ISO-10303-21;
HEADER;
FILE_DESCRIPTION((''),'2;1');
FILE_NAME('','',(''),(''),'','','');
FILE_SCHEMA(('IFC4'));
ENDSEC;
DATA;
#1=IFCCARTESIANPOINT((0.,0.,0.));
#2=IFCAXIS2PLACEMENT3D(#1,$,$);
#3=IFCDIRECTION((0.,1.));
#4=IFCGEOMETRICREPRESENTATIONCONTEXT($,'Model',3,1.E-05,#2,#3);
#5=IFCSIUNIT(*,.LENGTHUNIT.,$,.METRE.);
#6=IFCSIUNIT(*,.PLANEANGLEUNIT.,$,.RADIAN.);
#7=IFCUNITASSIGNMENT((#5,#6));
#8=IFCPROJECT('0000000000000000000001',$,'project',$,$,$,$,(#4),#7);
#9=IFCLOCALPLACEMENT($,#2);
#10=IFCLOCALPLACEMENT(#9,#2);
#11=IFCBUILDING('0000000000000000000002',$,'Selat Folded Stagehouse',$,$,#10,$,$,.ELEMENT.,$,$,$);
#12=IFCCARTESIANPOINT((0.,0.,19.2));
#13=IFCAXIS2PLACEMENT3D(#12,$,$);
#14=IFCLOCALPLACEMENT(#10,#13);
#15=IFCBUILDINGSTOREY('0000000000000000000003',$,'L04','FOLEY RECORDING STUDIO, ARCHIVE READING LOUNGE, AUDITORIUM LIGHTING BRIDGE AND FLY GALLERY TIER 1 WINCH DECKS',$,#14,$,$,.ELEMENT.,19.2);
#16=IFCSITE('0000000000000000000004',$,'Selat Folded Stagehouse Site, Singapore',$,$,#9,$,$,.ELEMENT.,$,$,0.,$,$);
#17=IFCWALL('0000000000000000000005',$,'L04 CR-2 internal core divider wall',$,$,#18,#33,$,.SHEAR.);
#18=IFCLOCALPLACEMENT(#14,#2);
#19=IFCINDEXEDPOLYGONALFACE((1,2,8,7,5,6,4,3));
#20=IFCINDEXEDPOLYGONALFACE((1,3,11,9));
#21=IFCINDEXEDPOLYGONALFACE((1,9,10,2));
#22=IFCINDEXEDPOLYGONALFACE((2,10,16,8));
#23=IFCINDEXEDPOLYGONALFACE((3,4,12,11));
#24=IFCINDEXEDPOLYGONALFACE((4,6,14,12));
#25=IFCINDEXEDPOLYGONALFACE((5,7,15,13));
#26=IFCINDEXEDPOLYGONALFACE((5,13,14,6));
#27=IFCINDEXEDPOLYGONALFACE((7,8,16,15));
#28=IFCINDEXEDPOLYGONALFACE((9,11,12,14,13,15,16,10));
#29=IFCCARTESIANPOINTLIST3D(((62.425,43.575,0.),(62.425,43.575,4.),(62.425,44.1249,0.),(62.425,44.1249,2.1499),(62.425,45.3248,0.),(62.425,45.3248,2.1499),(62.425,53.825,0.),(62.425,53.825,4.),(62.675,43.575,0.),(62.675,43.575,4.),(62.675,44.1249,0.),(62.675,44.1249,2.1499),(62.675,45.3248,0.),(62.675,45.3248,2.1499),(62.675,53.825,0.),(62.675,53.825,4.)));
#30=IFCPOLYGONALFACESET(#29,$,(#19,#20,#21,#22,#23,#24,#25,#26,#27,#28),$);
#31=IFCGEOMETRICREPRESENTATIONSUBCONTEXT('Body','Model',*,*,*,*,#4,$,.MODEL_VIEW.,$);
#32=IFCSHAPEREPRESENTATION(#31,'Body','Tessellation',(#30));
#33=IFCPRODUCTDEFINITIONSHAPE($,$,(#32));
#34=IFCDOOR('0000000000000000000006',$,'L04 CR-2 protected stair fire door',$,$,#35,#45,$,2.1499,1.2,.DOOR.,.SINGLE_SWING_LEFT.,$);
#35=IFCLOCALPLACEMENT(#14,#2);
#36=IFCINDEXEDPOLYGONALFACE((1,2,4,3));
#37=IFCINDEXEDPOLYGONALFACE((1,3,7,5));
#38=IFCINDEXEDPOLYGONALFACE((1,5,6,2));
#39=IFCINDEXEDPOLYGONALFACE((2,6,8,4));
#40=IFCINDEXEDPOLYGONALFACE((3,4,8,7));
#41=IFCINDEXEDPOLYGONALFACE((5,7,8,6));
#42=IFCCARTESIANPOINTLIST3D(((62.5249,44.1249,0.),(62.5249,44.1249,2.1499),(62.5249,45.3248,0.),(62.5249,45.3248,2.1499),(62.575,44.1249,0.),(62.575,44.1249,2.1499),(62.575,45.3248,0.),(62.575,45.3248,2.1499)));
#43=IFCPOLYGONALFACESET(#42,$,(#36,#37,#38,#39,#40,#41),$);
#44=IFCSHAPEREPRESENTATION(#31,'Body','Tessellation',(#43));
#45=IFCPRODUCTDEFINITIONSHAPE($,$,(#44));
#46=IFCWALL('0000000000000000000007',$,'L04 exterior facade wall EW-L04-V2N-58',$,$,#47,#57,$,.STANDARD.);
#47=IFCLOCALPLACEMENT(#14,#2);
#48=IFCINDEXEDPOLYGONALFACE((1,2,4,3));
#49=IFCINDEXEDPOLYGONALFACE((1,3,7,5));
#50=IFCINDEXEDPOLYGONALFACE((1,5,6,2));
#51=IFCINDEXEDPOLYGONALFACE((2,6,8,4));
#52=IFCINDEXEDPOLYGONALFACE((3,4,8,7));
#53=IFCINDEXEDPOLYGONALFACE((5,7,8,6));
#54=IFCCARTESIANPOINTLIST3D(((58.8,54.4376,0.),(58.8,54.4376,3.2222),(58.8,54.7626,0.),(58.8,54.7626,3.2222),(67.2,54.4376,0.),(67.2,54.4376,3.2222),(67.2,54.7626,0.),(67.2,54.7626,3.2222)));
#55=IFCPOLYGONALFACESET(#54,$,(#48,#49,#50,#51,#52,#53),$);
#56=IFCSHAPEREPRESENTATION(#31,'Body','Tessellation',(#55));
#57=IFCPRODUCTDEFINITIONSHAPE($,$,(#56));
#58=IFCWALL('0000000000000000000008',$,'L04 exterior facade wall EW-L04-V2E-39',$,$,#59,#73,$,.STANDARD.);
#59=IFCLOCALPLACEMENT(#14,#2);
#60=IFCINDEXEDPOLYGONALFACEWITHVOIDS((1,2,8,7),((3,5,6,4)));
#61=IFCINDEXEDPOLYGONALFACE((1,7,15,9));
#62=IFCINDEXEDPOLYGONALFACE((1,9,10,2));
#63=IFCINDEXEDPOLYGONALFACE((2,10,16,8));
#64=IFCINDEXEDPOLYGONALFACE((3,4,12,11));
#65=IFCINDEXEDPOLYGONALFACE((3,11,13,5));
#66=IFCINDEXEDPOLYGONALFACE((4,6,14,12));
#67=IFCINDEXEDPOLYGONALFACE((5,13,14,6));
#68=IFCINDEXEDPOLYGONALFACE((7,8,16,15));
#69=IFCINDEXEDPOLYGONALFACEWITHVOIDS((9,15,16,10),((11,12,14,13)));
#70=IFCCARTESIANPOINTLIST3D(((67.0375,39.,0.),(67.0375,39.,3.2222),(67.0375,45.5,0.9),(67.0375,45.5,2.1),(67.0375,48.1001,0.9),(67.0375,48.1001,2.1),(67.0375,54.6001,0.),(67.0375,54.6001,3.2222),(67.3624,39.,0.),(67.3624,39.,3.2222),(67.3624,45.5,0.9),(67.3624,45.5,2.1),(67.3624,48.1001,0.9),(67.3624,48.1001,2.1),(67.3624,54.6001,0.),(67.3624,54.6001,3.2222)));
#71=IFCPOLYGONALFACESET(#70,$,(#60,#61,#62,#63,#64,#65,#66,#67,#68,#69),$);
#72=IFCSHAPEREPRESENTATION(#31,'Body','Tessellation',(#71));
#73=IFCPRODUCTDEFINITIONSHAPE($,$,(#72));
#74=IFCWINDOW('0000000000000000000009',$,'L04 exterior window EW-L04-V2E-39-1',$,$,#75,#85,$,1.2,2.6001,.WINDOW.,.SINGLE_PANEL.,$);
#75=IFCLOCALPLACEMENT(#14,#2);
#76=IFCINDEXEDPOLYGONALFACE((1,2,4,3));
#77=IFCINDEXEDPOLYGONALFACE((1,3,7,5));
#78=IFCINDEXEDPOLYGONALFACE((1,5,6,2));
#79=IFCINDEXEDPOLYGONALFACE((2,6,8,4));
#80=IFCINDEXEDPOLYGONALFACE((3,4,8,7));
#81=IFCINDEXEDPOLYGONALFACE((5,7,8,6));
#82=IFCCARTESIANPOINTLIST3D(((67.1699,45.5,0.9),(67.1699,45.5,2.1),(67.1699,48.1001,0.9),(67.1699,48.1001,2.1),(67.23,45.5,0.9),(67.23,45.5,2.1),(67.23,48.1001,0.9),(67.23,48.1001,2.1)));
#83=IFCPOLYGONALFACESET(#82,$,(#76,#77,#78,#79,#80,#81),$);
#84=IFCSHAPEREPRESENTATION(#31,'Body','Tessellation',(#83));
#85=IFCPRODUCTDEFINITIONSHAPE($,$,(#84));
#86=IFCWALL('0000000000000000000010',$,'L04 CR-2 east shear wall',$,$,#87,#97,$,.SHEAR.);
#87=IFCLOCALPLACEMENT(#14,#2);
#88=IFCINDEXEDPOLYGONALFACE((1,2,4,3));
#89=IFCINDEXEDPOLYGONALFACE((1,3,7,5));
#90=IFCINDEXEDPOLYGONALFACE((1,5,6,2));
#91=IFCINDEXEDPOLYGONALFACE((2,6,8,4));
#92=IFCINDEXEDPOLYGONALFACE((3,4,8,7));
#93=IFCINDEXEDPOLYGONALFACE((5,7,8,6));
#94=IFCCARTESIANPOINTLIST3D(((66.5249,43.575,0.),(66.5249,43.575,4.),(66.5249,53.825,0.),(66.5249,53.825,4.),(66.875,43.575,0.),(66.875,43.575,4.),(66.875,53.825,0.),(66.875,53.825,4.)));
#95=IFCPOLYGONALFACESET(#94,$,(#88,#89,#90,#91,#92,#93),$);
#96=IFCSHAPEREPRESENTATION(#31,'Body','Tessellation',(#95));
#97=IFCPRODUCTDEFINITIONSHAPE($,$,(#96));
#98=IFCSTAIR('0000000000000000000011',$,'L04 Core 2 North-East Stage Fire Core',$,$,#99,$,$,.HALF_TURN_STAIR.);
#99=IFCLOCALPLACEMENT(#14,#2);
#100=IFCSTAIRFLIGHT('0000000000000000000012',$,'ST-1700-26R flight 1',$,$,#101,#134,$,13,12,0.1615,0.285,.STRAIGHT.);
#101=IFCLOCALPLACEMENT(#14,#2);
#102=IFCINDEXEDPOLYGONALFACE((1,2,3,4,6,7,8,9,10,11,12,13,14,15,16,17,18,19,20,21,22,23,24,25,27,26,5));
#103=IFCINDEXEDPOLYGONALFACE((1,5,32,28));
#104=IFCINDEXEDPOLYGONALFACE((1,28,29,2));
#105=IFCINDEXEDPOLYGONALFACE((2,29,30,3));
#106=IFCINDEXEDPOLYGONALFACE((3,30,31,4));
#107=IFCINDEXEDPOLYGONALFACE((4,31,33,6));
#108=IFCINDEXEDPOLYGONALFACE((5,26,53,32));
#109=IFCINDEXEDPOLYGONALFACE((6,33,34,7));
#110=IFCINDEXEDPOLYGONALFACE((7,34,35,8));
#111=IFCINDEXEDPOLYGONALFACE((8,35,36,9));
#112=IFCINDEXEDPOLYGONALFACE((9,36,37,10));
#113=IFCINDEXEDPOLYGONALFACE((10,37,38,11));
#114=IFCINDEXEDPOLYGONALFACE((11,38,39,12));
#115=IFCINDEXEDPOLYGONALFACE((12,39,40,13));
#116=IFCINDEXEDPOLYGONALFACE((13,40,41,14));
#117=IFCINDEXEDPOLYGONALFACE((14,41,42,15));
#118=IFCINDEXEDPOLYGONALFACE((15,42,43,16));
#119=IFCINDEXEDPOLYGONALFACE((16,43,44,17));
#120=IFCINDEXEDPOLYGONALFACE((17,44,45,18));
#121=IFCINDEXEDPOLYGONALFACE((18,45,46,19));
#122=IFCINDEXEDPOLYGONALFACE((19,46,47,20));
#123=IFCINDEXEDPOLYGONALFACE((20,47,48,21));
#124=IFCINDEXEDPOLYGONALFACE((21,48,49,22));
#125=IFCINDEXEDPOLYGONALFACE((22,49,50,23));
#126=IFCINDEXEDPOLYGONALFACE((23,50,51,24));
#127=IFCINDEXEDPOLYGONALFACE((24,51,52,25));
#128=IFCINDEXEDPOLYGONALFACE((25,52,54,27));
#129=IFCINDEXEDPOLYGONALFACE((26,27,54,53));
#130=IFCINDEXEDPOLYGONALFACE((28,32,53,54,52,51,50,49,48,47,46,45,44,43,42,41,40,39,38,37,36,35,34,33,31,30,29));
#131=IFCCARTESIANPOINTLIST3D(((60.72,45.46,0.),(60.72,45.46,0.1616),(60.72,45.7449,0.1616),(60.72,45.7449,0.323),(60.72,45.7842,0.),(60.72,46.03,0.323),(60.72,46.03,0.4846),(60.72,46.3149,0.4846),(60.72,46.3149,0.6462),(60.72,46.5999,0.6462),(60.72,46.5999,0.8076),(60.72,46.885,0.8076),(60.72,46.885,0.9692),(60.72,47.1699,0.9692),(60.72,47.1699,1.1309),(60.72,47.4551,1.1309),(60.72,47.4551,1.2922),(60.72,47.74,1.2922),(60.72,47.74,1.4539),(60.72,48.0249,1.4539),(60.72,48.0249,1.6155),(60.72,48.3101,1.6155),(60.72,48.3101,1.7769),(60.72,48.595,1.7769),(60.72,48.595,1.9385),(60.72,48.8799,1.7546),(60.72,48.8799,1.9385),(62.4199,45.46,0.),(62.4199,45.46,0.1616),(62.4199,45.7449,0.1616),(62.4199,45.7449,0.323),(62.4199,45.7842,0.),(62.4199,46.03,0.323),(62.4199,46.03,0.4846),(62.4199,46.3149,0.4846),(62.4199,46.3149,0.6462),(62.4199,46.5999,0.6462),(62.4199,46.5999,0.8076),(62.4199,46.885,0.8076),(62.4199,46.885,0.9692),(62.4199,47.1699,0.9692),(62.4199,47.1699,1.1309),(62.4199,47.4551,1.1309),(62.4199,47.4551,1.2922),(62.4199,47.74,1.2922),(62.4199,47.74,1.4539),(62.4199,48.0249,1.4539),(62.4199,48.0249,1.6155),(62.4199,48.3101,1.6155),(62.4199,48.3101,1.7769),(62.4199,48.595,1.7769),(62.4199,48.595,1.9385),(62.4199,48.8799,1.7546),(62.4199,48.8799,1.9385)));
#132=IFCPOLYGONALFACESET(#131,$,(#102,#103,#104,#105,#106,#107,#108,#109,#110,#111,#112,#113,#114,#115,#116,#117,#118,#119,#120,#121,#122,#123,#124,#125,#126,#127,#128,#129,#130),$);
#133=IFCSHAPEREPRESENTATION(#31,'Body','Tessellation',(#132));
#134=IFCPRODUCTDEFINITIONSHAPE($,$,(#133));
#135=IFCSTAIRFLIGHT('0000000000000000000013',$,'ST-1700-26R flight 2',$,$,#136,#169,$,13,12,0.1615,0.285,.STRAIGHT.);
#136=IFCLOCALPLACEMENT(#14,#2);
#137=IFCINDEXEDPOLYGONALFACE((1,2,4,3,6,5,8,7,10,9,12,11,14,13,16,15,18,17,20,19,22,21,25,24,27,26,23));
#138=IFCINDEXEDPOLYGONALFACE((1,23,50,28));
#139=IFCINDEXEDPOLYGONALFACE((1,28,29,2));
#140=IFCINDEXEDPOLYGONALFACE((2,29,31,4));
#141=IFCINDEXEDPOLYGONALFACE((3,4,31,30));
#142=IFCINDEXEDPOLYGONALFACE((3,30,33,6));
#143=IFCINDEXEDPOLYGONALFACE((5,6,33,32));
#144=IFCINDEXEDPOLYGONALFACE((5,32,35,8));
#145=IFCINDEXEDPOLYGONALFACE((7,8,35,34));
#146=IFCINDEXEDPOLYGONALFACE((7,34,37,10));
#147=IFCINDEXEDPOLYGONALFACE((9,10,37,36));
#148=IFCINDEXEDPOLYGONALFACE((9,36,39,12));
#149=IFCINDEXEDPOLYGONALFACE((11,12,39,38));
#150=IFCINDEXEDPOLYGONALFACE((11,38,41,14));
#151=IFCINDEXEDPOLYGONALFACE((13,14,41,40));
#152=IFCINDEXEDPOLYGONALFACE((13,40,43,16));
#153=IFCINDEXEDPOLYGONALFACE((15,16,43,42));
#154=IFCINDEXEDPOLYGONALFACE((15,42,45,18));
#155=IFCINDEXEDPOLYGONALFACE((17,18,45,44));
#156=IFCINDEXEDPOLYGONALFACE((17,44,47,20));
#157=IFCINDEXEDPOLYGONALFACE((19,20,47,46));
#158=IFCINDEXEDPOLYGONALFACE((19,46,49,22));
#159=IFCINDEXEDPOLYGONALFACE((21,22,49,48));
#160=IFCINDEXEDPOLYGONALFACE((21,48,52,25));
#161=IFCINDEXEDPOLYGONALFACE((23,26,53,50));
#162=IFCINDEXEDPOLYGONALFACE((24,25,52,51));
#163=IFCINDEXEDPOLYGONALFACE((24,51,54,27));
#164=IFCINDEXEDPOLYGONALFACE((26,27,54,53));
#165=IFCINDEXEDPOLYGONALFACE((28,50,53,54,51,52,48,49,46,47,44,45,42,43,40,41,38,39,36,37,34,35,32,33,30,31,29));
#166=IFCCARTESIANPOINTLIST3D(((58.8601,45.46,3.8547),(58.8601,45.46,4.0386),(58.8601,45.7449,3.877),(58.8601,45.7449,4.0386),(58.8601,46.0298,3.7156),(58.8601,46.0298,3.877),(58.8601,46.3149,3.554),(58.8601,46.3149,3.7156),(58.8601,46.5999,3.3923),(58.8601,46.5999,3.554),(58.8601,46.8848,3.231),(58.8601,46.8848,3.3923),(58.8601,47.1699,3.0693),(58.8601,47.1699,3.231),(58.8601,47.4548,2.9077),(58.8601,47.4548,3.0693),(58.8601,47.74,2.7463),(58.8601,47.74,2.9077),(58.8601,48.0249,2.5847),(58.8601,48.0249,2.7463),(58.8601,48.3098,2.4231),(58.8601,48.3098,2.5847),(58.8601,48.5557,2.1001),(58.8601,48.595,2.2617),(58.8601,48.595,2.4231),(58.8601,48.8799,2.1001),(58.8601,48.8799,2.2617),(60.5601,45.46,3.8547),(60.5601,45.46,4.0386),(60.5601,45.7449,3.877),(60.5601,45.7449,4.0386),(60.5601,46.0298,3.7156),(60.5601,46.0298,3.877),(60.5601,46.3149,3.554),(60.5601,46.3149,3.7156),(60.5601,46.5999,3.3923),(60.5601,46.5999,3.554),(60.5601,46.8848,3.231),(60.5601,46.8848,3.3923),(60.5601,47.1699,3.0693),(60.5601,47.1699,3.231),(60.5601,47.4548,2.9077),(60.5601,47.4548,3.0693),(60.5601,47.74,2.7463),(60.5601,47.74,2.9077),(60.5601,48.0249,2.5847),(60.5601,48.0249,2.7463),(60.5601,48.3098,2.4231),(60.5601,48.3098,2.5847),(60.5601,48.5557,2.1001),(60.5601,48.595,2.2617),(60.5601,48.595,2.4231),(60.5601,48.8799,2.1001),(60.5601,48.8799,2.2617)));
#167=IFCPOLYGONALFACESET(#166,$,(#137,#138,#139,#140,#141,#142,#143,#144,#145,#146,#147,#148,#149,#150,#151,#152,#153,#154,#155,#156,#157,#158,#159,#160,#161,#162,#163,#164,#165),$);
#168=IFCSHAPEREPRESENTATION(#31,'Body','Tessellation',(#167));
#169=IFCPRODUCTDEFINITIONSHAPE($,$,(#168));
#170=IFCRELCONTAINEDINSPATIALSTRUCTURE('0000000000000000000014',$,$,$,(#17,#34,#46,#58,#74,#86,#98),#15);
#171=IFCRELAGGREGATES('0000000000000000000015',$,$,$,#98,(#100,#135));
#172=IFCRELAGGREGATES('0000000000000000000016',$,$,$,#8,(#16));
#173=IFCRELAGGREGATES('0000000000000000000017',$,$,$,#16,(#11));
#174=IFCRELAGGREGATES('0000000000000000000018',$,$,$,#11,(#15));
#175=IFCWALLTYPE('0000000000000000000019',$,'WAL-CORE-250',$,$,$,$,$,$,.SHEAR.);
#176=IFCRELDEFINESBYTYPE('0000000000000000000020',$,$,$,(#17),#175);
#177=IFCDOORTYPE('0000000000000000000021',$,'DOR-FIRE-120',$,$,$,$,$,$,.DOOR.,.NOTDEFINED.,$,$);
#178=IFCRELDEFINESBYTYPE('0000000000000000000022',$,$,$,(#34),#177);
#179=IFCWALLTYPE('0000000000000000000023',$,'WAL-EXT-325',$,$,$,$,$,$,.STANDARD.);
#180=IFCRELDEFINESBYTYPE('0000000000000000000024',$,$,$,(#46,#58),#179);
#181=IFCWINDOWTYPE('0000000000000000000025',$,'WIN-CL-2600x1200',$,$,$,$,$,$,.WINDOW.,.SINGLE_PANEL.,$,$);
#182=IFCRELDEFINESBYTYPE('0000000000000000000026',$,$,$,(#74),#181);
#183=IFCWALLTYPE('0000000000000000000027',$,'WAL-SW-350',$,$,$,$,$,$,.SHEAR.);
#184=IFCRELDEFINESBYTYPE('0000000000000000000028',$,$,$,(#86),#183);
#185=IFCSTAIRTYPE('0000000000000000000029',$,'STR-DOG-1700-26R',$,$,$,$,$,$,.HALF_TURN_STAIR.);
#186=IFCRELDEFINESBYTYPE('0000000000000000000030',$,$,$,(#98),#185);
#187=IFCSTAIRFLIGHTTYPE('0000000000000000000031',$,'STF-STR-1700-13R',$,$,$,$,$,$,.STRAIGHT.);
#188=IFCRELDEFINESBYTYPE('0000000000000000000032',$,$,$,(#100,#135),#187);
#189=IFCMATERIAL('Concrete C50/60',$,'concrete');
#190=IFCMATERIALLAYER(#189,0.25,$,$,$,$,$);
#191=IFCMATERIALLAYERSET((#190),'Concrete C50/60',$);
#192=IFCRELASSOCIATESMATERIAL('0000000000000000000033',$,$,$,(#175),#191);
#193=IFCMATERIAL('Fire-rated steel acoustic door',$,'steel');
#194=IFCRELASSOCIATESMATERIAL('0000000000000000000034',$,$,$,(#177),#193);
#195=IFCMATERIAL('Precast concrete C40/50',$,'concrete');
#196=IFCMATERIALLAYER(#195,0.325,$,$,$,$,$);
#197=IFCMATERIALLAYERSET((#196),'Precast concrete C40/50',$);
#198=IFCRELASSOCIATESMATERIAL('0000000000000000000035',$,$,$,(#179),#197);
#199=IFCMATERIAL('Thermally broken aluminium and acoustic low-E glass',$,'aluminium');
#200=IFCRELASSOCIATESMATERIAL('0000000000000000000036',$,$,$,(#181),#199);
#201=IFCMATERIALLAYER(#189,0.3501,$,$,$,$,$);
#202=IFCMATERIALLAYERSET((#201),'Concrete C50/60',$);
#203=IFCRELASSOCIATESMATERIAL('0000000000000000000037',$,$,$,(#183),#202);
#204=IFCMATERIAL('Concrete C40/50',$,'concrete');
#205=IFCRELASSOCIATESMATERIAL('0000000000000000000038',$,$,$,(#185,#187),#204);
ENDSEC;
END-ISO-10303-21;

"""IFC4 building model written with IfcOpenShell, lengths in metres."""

from ifc_helpers import new_model, si_unit, direction, frame, frame_2d, origin, place, context, subcontext, project, spatial, polyline, rectangle, outline, extrude, material, layer, layer_set, type_object, element, fill, aggregate, save


model = new_model("IFC4")

# Units and contexts
model_context = context("Model", 3, precision=1e-05, world=origin(), true_north=direction((0.0, 1.0)))
body_context = subcontext(model_context, "Body", "Model", "MODEL_VIEW")
ifc_project = project(units=[si_unit("LENGTHUNIT", "METRE"), si_unit("PLANEANGLEUNIT", "RADIAN")], contexts=[model_context])

# Site, building, storey
site_placement = place(None, origin())
site = spatial("IfcSite", under=ifc_project, at=site_placement, Name="Selat Folded Stagehouse Site, Singapore", CompositionType="ELEMENT", RefElevation=0.0)
building_placement = place(site_placement, origin())
building = spatial("IfcBuilding", under=site, at=building_placement, Name="Selat Folded Stagehouse", CompositionType="ELEMENT")
storey_placement = place(building_placement, frame((0.0, 0.0, 19.2)))
storey = spatial("IfcBuildingStorey", under=building, at=storey_placement, Name="L04", Description="FOLEY RECORDING STUDIO, ARCHIVE READING LOUNGE, AUDITORIUM LIGHTING BRIDGE AND FLY GALLERY TIER 1 WINCH DECKS", CompositionType="ELEMENT", Elevation=19.2)

# Shared definitions
ifc_material_1 = material(Name="Concrete C40/50", Category="concrete")

# Wall, opening, door
ifc_material_2 = material(Name="Concrete C50/60", Category="concrete")
ifc_layer_1 = layer(ifc_material_2, 0.25)
ifc_layer_set_1 = layer_set([ifc_layer_1], Name="Concrete C50/60")
wall_type_1 = type_object("IfcWallType", Name="WAL-CORE-250", PredefinedType="SHEAR", material=ifc_layer_set_1)
wall_1_placement = place(storey_placement, frame((62.55, 53.825, 0.0), z_axis=(0.0, 0.0, 1.0), x_axis=(0.0, -1.0, 0.0)))
wall_1 = element("IfcWall", 1, at=wall_1_placement, inside=storey, type_object=wall_type_1, Name="L04 CR-2 internal core divider wall", PredefinedType="SHEAR", context=body_context, shape_type="SweptSolid", body=[
    extrude(rectangle(XDim=10.25, YDim=0.25, at=frame_2d((5.125, 0.0))), origin(), (0.0, 0.0, 1.0), 4.0),
])
opening_1_placement = place(wall_1_placement, frame((8.5, 0.0, 0.0)))
opening_1 = element("IfcOpeningElement", 2, at=opening_1_placement, cuts=wall_1, PredefinedType="OPENING", context=body_context, shape_type="SweptSolid", body=[
    extrude(rectangle(XDim=1.2, YDim=2.1499, at=frame_2d((0.6001, 1.075))), frame((0.0, 0.135, 0.0), z_axis=(0.0, -1.0, 0.0), x_axis=(1.0, 0.0, 0.0)), (0.0, 0.0, 1.0), 0.27),
])
ifc_material_3 = material(Name="Fire-rated steel acoustic door", Category="steel")
door_type_1 = type_object("IfcDoorType", Name="DOR-FIRE-120", OperationType="NOTDEFINED", PredefinedType="DOOR", material=ifc_material_3)
door_1_placement = place(opening_1_placement, origin())
door_1 = element("IfcDoor", 3, at=door_1_placement, inside=storey, type_object=door_type_1, Name="L04 CR-2 protected stair fire door", OperationType="SINGLE_SWING_LEFT", OverallHeight=2.1499, OverallWidth=1.2, PredefinedType="DOOR", context=body_context, shape_type="SweptSolid", body=[
    extrude(rectangle(XDim=1.2, YDim=2.1499, at=frame_2d((0.6001, 1.075))), frame((0.0, 0.0249, 0.0), z_axis=(0.0, -1.0, 0.0), x_axis=(1.0, 0.0, 0.0)), (0.0, 0.0, 1.0), 0.05),
])
fill(opening_1, door_1)

# Wall
ifc_material_4 = material(Name="Precast concrete C40/50", Category="concrete")
ifc_layer_2 = layer(ifc_material_4, 0.325)
ifc_layer_set_2 = layer_set([ifc_layer_2], Name="Precast concrete C40/50")
wall_type_2 = type_object("IfcWallType", Name="WAL-EXT-325", PredefinedType="STANDARD", material=ifc_layer_set_2)
wall_2_placement = place(storey_placement, frame((58.8, 54.6001, 0.0), z_axis=(0.0, 0.0, 1.0), x_axis=(1.0, 0.0, 0.0)))
element("IfcWall", 4, at=wall_2_placement, inside=storey, type_object=wall_type_2, Name="L04 exterior facade wall EW-L04-V2N-58", PredefinedType="STANDARD", context=body_context, shape_type="SweptSolid", body=[
    extrude(rectangle(XDim=8.3999, YDim=0.325, at=frame_2d((4.2, 0.0))), origin(), (0.0, 0.0, 1.0), 3.2222),
])

# Wall, opening, window
wall_3_placement = place(storey_placement, frame((67.2, 54.6001, 0.0), z_axis=(0.0, 0.0, 1.0), x_axis=(0.0, -1.0, 0.0)))
wall_3 = element("IfcWall", 5, at=wall_3_placement, inside=storey, type_object=wall_type_2, Name="L04 exterior facade wall EW-L04-V2E-39", PredefinedType="STANDARD", context=body_context, shape_type="SweptSolid", body=[
    extrude(rectangle(XDim=15.6001, YDim=0.325, at=frame_2d((7.8, 0.0))), origin(), (0.0, 0.0, 1.0), 3.2222),
])
opening_2_placement = place(wall_3_placement, frame((6.5, 0.0, 0.8999)))
opening_2 = element("IfcOpeningElement", 6, at=opening_2_placement, cuts=wall_3, PredefinedType="OPENING", context=body_context, shape_type="SweptSolid", body=[
    extrude(rectangle(XDim=2.6001, YDim=1.2, at=frame_2d((1.3, 0.6001))), frame((0.0, 0.1724, 0.0), z_axis=(0.0, -1.0, 0.0), x_axis=(1.0, 0.0, 0.0)), (0.0, 0.0, 1.0), 0.345),
])
ifc_material_5 = material(Name="Thermally broken aluminium and acoustic low-E glass", Category="aluminium")
window_type = type_object("IfcWindowType", Name="WIN-CL-2600x1200", PartitioningType="SINGLE_PANEL", PredefinedType="WINDOW", material=ifc_material_5)
window_placement = place(opening_2_placement, origin())
window = element("IfcWindow", 7, at=window_placement, inside=storey, type_object=window_type, Name="L04 exterior window EW-L04-V2E-39-1", OverallHeight=1.2, OverallWidth=2.6001, PartitioningType="SINGLE_PANEL", PredefinedType="WINDOW", context=body_context, shape_type="SweptSolid", body=[
    extrude(rectangle(XDim=2.6001, YDim=1.2, at=frame_2d((1.3, 0.6001))), frame((0.0, 0.03, 0.0), z_axis=(0.0, -1.0, 0.0), x_axis=(1.0, 0.0, 0.0)), (0.0, 0.0, 1.0), 0.0601),
])
fill(opening_2, window)

# Shared definitions
ifc_layer_3 = layer(ifc_material_2, 0.3501)
ifc_layer_set_3 = layer_set([ifc_layer_3], Name="Concrete C50/60")
wall_type_3 = type_object("IfcWallType", Name="WAL-SW-350", PredefinedType="SHEAR", material=ifc_layer_set_3)

# Wall
wall_4_placement = place(storey_placement, frame((66.7, 53.825, 0.0), z_axis=(0.0, 0.0, 1.0), x_axis=(0.0, -1.0, 0.0)))
element("IfcWall", 8, at=wall_4_placement, inside=storey, type_object=wall_type_3, Name="L04 CR-2 east shear wall", PredefinedType="SHEAR", context=body_context, shape_type="SweptSolid", body=[
    extrude(rectangle(XDim=10.25, YDim=0.3501, at=frame_2d((5.125, 0.0))), origin(), (0.0, 0.0, 1.0), 4.0),
])

# Stair, stair flights
stair_type = type_object("IfcStairType", Name="STR-DOG-1700-26R", PredefinedType="HALF_TURN_STAIR", material=ifc_material_1)
stair_placement = place(storey_placement, origin())
stair = element("IfcStair", 9, at=stair_placement, inside=storey, type_object=stair_type, Name="L04 Core 2 North-East Stage Fire Core", PredefinedType="HALF_TURN_STAIR")
stair_flight_type = type_object("IfcStairFlightType", Name="STF-STR-1700-13R", PredefinedType="STRAIGHT", material=ifc_material_1)
stair_flight_1_placement = place(storey_placement, frame((61.5701, 45.46, 0.0), z_axis=(0.0, 0.0, 1.0), x_axis=(0.0, 1.0, 0.0)))
stair_flight_1 = element("IfcStairFlight", 10, at=stair_flight_1_placement, type_object=stair_flight_type, Name="ST-1700-26R flight 1", NumberOfRisers=13, NumberOfTreads=12, PredefinedType="STRAIGHT", RiserHeight=0.1615, TreadLength=0.285, context=body_context, shape_type="SweptSolid", body=[
    extrude(outline(polyline([(0.0, 0.0), (0.0, 0.1616), (0.2849, 0.1616), (0.2849, 0.323), (0.5701, 0.323), (0.5701, 0.4846), (0.855, 0.4846), (0.855, 0.6462), (1.1399, 0.6462), (1.1399, 0.8076), (1.425, 0.8076), (1.425, 0.9692), (1.71, 0.9692), (1.71, 1.1309), (1.9951, 1.1309), (1.9951, 1.2922), (2.28, 1.2922), (2.28, 1.4539), (2.5649, 1.4539), (2.5649, 1.6155), (2.8501, 1.6155), (2.8501, 1.7769), (3.135, 1.7769), (3.135, 1.9385), (3.4199, 1.9385), (3.4199, 2.1001), (3.4199, 1.7546), (0.3242, 0.0), (0.0, 0.0)])), frame((0.0, 0.8501, 0.0), z_axis=(0.0, -1.0, 0.0), x_axis=(1.0, 0.0, 0.0)), (0.0, 0.0, 1.0), 1.7),
])
stair_flight_2_placement = place(storey_placement, frame((59.71, 48.8799, 2.1001), z_axis=(0.0, 0.0, 1.0), x_axis=(0.0, -1.0, 0.0)))
stair_flight_2 = element("IfcStairFlight", 11, at=stair_flight_2_placement, type_object=stair_flight_type, Name="ST-1700-26R flight 2", NumberOfRisers=13, NumberOfTreads=12, PredefinedType="STRAIGHT", RiserHeight=0.1615, TreadLength=0.285, context=body_context, shape_type="SweptSolid", body=[
    extrude(outline(polyline([(0.0, 0.0), (0.0, 0.1616), (0.2849, 0.1616), (0.2849, 0.323), (0.5701, 0.323), (0.5701, 0.4846), (0.855, 0.4846), (0.855, 0.6462), (1.1399, 0.6462), (1.1399, 0.8076), (1.425, 0.8076), (1.425, 0.9692), (1.71, 0.9692), (1.71, 1.1309), (1.9951, 1.1309), (1.9951, 1.2922), (2.28, 1.2922), (2.28, 1.4539), (2.5649, 1.4539), (2.5649, 1.6155), (2.8501, 1.6155), (2.8501, 1.7769), (3.135, 1.7769), (3.135, 1.9385), (3.4199, 1.9385), (3.4199, 2.1001), (3.4199, 1.7546), (0.3242, 0.0), (0.0, 0.0)])), frame((0.0, 0.8501, 0.0), z_axis=(0.0, -1.0, 0.0), x_axis=(1.0, 0.0, 0.0)), (0.0, 0.0, 1.0), 1.7),
])
aggregate(stair, [stair_flight_1, stair_flight_2])

save(model, "model.ifc")
